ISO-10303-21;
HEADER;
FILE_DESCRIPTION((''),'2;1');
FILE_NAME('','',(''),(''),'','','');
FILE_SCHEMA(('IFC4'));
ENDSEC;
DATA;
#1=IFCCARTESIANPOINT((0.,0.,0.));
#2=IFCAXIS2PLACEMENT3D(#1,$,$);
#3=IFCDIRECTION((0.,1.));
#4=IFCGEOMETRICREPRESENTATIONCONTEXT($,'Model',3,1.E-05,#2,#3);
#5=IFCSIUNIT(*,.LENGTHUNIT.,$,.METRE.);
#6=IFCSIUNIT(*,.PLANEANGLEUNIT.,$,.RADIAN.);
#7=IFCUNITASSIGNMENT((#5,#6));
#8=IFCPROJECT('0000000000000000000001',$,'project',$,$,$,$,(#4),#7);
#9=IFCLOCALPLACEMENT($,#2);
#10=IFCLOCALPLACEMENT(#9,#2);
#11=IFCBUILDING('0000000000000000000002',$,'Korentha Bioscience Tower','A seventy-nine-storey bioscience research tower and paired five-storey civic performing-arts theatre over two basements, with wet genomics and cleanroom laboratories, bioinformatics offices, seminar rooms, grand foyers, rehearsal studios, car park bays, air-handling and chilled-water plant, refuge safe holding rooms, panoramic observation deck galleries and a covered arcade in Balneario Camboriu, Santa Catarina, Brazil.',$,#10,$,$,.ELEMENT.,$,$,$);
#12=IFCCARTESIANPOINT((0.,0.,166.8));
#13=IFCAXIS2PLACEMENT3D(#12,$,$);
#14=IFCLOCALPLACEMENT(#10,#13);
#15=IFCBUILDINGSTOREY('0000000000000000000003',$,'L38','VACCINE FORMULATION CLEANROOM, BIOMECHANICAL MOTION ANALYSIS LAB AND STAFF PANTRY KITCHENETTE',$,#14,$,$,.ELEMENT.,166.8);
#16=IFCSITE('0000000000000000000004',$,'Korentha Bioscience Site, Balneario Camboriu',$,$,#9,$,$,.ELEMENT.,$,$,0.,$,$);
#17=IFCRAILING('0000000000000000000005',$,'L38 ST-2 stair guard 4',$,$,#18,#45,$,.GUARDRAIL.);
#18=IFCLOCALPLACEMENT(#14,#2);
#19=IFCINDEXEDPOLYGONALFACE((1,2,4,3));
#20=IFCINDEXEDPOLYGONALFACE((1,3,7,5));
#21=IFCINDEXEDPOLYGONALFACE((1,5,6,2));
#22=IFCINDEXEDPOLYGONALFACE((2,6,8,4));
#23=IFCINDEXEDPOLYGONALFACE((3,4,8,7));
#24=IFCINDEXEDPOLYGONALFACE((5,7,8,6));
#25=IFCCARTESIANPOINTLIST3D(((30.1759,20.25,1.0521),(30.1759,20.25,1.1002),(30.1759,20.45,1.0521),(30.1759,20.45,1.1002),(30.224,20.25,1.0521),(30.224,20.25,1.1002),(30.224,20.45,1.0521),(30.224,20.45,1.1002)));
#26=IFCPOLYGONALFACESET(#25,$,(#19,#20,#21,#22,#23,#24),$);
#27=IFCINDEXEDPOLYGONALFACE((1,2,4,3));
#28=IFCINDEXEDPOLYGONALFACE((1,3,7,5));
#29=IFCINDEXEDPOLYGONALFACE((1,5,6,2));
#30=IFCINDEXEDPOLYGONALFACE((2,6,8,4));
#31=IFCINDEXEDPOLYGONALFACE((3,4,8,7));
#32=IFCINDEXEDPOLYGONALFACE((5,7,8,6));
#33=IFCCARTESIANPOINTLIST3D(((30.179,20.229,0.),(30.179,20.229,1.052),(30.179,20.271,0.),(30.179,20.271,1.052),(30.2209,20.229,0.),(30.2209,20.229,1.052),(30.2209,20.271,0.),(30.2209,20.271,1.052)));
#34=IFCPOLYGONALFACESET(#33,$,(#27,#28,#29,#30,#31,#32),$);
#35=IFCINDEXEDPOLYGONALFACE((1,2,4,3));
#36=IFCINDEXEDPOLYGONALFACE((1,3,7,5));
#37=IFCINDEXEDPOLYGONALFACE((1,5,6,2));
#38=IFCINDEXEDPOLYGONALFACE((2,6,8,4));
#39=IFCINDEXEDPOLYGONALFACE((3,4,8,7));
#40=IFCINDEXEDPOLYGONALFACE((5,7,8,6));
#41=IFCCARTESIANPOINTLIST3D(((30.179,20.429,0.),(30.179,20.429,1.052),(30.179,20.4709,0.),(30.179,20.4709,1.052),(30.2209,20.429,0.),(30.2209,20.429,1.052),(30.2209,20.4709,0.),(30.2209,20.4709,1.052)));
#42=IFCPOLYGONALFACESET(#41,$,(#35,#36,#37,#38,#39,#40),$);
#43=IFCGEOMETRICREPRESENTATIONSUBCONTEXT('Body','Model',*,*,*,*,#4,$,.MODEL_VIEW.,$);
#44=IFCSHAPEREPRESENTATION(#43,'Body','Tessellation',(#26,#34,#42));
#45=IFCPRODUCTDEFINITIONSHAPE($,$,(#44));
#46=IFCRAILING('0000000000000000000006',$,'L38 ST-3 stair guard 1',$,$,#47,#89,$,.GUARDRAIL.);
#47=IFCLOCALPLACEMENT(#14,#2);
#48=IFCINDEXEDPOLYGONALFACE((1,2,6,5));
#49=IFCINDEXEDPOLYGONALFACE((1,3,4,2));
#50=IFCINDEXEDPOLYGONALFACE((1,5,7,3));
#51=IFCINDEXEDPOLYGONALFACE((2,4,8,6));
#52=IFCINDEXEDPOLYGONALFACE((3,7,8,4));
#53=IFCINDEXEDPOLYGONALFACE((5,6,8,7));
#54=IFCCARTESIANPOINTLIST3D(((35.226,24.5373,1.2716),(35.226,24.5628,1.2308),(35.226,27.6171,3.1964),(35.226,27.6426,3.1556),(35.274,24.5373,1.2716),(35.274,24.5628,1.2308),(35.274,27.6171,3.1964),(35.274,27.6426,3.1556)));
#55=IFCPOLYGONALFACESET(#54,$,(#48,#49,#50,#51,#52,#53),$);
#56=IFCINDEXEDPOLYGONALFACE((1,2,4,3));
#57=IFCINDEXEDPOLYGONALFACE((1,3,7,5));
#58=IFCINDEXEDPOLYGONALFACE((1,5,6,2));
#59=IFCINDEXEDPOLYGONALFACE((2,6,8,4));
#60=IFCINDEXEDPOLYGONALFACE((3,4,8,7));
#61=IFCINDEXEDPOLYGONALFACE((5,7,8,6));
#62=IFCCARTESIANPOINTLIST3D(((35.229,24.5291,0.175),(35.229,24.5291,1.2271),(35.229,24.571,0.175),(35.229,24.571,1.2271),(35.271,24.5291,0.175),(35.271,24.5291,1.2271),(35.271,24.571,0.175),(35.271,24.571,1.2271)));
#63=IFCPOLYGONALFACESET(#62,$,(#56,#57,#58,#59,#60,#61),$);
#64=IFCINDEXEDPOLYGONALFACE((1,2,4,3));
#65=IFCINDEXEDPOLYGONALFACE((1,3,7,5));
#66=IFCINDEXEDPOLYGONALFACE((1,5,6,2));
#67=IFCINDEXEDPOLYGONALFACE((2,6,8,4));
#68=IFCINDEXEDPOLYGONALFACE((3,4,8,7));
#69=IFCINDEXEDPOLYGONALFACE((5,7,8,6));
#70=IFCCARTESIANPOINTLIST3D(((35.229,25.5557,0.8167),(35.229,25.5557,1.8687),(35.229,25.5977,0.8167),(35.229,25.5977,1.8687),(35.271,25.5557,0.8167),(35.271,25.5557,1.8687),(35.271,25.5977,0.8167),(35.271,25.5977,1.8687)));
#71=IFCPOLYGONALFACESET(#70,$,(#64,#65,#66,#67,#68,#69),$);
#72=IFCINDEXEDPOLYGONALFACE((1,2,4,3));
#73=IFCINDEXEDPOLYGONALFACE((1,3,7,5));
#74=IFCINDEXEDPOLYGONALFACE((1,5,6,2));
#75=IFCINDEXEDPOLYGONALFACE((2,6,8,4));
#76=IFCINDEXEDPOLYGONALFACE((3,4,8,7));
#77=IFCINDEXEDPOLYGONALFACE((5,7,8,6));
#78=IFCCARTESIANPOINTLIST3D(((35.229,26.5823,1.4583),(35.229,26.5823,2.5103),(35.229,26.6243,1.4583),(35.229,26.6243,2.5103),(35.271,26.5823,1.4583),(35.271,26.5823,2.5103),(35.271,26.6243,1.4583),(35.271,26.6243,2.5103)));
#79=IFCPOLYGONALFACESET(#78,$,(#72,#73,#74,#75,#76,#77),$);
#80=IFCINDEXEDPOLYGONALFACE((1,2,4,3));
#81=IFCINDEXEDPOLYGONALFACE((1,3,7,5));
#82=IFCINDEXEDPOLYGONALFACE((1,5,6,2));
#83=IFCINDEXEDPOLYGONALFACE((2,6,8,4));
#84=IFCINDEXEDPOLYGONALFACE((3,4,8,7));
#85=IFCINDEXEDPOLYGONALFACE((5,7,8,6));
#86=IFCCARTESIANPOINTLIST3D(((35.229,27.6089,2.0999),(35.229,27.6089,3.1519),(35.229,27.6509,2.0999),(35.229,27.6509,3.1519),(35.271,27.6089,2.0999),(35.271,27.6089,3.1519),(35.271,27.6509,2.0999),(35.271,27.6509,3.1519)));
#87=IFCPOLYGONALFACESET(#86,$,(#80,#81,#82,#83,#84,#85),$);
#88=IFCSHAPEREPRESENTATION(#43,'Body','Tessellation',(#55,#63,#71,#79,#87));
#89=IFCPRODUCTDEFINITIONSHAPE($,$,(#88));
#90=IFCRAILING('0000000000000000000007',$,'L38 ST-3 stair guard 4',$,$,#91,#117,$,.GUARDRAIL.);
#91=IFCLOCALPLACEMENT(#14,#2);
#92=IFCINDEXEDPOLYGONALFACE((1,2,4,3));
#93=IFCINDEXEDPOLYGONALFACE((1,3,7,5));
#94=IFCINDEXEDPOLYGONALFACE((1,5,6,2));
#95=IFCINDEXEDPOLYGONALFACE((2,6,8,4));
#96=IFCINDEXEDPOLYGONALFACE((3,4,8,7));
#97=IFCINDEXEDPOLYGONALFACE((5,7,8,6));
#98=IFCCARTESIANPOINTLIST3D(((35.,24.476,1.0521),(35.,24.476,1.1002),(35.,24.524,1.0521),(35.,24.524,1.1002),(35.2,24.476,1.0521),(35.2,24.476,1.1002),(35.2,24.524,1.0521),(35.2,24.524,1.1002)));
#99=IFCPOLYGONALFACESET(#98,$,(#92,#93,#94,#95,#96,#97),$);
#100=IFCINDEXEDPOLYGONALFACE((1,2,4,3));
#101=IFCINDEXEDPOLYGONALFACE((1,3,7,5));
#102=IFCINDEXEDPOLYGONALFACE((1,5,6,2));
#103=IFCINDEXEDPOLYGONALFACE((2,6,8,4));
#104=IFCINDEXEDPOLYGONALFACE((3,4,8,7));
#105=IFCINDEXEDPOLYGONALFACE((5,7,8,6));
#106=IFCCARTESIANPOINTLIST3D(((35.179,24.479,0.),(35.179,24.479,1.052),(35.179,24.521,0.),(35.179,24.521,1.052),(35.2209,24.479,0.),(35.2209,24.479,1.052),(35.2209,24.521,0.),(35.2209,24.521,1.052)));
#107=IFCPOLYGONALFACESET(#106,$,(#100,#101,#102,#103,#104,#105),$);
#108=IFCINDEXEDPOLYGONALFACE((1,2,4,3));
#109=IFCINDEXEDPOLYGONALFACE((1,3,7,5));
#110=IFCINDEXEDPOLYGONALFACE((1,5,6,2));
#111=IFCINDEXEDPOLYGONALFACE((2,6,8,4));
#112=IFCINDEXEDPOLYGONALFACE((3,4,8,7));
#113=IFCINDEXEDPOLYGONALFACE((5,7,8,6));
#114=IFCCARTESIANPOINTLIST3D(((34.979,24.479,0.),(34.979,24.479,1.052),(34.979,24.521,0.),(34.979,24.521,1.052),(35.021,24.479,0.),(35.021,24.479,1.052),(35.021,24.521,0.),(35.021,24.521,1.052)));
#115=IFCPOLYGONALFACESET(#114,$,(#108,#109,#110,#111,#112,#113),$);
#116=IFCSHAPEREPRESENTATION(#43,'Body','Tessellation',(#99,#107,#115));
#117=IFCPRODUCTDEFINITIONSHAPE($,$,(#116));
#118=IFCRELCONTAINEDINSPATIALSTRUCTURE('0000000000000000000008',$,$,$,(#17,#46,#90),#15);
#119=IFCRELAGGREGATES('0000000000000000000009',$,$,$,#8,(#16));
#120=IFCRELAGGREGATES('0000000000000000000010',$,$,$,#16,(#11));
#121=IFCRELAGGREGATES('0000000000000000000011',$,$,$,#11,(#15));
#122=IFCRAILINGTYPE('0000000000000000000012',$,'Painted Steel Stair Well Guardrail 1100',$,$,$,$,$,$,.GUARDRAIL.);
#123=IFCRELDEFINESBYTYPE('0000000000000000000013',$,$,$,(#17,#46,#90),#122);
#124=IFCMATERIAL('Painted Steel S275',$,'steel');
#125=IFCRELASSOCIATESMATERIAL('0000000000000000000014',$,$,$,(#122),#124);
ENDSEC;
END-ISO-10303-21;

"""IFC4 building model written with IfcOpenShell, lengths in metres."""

from ifc_helpers import new_model, si_unit, direction, frame, origin, origin_2d, place, context, subcontext, project, spatial, rectangle, extrude, material, type_object, element, save


model = new_model("IFC4")

# Units and contexts
model_context = context("Model", 3, precision=1e-05, world=origin(), true_north=direction((0.0, 1.0)))
body_context = subcontext(model_context, "Body", "Model", "MODEL_VIEW")
ifc_project = project(units=[si_unit("LENGTHUNIT", "METRE"), si_unit("PLANEANGLEUNIT", "RADIAN")], contexts=[model_context])

# Site, building, storey
site_placement = place(None, origin())
site = spatial("IfcSite", under=ifc_project, at=site_placement, Name="Korentha Bioscience Site, Balneario Camboriu", CompositionType="ELEMENT", RefElevation=0.0)
building_placement = place(site_placement, origin())
building = spatial("IfcBuilding", under=site, at=building_placement, Name="Korentha Bioscience Tower", Description="A seventy-nine-storey bioscience research tower and paired five-storey civic performing-arts theatre over two basements, with wet genomics and cleanroom laboratories, bioinformatics offices, seminar rooms, grand foyers, rehearsal studios, car park bays, air-handling and chilled-water plant, refuge safe holding rooms, panoramic observation deck galleries and a covered arcade in Balneario Camboriu, Santa Catarina, Brazil.", CompositionType="ELEMENT")
storey_placement = place(building_placement, frame((0.0, 0.0, 166.8)))
storey = spatial("IfcBuildingStorey", under=building, at=storey_placement, Name="L38", Description="VACCINE FORMULATION CLEANROOM, BIOMECHANICAL MOTION ANALYSIS LAB AND STAFF PANTRY KITCHENETTE", CompositionType="ELEMENT", Elevation=166.8)

# Railings
ifc_material_1 = material(Name="Painted Steel S275", Category="steel")
railing_type_1 = type_object("IfcRailingType", Name="Painted Steel Stair Well Guardrail 1100", PredefinedType="GUARDRAIL", material=ifc_material_1)
railing_1_placement = place(storey_placement, frame((30.2, 20.25, 0.0)))
element("IfcRailing", 1, at=railing_1_placement, inside=storey, type_object=railing_type_1, Name="L38 ST-2 stair guard 4", PredefinedType="GUARDRAIL", context=body_context, shape_type="SweptSolid", body=[
    extrude(rectangle(XDim=0.0481, YDim=0.0481, at=origin_2d()), frame((0.0, 0.0, 1.0762), z_axis=(0.0, 1.0, 0.0), x_axis=(-1.0, 0.0, 0.0)), (0.0, 0.0, 1.0), 0.2),
    extrude(rectangle(XDim=0.042, YDim=0.042, at=origin_2d()), origin(), (0.0, 0.0, 1.0), 1.052),
    extrude(rectangle(XDim=0.042, YDim=0.042, at=origin_2d()), frame((0.0, 0.2, 0.0)), (0.0, 0.0, 1.0), 1.052),
])
railing_2_placement = place(storey_placement, frame((35.25, 24.55, 0.175)))
element("IfcRailing", 2, at=railing_2_placement, inside=storey, type_object=railing_type_1, Name="L38 ST-3 stair guard 1", PredefinedType="GUARDRAIL", context=body_context, shape_type="SweptSolid", body=[
    extrude(rectangle(XDim=0.0481, YDim=0.0481, at=origin_2d()), frame((0.0, 0.0, 1.0762), z_axis=(0.0, 0.84801, 0.529981), x_axis=(-1.0, 0.0, 0.0)), (0.0, 0.0, 1.0), 3.6318),
    extrude(rectangle(XDim=0.042, YDim=0.042, at=origin_2d()), origin(), (0.0, 0.0, 1.0), 1.052),
    extrude(rectangle(XDim=0.042, YDim=0.042, at=origin_2d()), frame((0.0, 1.0266, 0.6416)), (0.0, 0.0, 1.0), 1.052),
    extrude(rectangle(XDim=0.042, YDim=0.042, at=origin_2d()), frame((0.0, 2.0532, 1.2832)), (0.0, 0.0, 1.0), 1.052),
    extrude(rectangle(XDim=0.042, YDim=0.042, at=origin_2d()), frame((0.0, 3.0798, 1.9248)), (0.0, 0.0, 1.0), 1.052),
])
railing_3_placement = place(storey_placement, frame((35.2, 24.5, 0.0)))
element("IfcRailing", 3, at=railing_3_placement, inside=storey, type_object=railing_type_1, Name="L38 ST-3 stair guard 4", PredefinedType="GUARDRAIL", context=body_context, shape_type="SweptSolid", body=[
    extrude(rectangle(XDim=0.0481, YDim=0.0481, at=origin_2d()), frame((0.0, 0.0, 1.0762), z_axis=(-1.0, 0.0, 0.0), x_axis=(0.0, -1.0, 0.0)), (0.0, 0.0, 1.0), 0.2),
    extrude(rectangle(XDim=0.042, YDim=0.042, at=origin_2d()), origin(), (0.0, 0.0, 1.0), 1.052),
    extrude(rectangle(XDim=0.042, YDim=0.042, at=origin_2d()), frame((-0.2, 0.0, 0.0)), (0.0, 0.0, 1.0), 1.052),
])

save(model, "model.ifc")
